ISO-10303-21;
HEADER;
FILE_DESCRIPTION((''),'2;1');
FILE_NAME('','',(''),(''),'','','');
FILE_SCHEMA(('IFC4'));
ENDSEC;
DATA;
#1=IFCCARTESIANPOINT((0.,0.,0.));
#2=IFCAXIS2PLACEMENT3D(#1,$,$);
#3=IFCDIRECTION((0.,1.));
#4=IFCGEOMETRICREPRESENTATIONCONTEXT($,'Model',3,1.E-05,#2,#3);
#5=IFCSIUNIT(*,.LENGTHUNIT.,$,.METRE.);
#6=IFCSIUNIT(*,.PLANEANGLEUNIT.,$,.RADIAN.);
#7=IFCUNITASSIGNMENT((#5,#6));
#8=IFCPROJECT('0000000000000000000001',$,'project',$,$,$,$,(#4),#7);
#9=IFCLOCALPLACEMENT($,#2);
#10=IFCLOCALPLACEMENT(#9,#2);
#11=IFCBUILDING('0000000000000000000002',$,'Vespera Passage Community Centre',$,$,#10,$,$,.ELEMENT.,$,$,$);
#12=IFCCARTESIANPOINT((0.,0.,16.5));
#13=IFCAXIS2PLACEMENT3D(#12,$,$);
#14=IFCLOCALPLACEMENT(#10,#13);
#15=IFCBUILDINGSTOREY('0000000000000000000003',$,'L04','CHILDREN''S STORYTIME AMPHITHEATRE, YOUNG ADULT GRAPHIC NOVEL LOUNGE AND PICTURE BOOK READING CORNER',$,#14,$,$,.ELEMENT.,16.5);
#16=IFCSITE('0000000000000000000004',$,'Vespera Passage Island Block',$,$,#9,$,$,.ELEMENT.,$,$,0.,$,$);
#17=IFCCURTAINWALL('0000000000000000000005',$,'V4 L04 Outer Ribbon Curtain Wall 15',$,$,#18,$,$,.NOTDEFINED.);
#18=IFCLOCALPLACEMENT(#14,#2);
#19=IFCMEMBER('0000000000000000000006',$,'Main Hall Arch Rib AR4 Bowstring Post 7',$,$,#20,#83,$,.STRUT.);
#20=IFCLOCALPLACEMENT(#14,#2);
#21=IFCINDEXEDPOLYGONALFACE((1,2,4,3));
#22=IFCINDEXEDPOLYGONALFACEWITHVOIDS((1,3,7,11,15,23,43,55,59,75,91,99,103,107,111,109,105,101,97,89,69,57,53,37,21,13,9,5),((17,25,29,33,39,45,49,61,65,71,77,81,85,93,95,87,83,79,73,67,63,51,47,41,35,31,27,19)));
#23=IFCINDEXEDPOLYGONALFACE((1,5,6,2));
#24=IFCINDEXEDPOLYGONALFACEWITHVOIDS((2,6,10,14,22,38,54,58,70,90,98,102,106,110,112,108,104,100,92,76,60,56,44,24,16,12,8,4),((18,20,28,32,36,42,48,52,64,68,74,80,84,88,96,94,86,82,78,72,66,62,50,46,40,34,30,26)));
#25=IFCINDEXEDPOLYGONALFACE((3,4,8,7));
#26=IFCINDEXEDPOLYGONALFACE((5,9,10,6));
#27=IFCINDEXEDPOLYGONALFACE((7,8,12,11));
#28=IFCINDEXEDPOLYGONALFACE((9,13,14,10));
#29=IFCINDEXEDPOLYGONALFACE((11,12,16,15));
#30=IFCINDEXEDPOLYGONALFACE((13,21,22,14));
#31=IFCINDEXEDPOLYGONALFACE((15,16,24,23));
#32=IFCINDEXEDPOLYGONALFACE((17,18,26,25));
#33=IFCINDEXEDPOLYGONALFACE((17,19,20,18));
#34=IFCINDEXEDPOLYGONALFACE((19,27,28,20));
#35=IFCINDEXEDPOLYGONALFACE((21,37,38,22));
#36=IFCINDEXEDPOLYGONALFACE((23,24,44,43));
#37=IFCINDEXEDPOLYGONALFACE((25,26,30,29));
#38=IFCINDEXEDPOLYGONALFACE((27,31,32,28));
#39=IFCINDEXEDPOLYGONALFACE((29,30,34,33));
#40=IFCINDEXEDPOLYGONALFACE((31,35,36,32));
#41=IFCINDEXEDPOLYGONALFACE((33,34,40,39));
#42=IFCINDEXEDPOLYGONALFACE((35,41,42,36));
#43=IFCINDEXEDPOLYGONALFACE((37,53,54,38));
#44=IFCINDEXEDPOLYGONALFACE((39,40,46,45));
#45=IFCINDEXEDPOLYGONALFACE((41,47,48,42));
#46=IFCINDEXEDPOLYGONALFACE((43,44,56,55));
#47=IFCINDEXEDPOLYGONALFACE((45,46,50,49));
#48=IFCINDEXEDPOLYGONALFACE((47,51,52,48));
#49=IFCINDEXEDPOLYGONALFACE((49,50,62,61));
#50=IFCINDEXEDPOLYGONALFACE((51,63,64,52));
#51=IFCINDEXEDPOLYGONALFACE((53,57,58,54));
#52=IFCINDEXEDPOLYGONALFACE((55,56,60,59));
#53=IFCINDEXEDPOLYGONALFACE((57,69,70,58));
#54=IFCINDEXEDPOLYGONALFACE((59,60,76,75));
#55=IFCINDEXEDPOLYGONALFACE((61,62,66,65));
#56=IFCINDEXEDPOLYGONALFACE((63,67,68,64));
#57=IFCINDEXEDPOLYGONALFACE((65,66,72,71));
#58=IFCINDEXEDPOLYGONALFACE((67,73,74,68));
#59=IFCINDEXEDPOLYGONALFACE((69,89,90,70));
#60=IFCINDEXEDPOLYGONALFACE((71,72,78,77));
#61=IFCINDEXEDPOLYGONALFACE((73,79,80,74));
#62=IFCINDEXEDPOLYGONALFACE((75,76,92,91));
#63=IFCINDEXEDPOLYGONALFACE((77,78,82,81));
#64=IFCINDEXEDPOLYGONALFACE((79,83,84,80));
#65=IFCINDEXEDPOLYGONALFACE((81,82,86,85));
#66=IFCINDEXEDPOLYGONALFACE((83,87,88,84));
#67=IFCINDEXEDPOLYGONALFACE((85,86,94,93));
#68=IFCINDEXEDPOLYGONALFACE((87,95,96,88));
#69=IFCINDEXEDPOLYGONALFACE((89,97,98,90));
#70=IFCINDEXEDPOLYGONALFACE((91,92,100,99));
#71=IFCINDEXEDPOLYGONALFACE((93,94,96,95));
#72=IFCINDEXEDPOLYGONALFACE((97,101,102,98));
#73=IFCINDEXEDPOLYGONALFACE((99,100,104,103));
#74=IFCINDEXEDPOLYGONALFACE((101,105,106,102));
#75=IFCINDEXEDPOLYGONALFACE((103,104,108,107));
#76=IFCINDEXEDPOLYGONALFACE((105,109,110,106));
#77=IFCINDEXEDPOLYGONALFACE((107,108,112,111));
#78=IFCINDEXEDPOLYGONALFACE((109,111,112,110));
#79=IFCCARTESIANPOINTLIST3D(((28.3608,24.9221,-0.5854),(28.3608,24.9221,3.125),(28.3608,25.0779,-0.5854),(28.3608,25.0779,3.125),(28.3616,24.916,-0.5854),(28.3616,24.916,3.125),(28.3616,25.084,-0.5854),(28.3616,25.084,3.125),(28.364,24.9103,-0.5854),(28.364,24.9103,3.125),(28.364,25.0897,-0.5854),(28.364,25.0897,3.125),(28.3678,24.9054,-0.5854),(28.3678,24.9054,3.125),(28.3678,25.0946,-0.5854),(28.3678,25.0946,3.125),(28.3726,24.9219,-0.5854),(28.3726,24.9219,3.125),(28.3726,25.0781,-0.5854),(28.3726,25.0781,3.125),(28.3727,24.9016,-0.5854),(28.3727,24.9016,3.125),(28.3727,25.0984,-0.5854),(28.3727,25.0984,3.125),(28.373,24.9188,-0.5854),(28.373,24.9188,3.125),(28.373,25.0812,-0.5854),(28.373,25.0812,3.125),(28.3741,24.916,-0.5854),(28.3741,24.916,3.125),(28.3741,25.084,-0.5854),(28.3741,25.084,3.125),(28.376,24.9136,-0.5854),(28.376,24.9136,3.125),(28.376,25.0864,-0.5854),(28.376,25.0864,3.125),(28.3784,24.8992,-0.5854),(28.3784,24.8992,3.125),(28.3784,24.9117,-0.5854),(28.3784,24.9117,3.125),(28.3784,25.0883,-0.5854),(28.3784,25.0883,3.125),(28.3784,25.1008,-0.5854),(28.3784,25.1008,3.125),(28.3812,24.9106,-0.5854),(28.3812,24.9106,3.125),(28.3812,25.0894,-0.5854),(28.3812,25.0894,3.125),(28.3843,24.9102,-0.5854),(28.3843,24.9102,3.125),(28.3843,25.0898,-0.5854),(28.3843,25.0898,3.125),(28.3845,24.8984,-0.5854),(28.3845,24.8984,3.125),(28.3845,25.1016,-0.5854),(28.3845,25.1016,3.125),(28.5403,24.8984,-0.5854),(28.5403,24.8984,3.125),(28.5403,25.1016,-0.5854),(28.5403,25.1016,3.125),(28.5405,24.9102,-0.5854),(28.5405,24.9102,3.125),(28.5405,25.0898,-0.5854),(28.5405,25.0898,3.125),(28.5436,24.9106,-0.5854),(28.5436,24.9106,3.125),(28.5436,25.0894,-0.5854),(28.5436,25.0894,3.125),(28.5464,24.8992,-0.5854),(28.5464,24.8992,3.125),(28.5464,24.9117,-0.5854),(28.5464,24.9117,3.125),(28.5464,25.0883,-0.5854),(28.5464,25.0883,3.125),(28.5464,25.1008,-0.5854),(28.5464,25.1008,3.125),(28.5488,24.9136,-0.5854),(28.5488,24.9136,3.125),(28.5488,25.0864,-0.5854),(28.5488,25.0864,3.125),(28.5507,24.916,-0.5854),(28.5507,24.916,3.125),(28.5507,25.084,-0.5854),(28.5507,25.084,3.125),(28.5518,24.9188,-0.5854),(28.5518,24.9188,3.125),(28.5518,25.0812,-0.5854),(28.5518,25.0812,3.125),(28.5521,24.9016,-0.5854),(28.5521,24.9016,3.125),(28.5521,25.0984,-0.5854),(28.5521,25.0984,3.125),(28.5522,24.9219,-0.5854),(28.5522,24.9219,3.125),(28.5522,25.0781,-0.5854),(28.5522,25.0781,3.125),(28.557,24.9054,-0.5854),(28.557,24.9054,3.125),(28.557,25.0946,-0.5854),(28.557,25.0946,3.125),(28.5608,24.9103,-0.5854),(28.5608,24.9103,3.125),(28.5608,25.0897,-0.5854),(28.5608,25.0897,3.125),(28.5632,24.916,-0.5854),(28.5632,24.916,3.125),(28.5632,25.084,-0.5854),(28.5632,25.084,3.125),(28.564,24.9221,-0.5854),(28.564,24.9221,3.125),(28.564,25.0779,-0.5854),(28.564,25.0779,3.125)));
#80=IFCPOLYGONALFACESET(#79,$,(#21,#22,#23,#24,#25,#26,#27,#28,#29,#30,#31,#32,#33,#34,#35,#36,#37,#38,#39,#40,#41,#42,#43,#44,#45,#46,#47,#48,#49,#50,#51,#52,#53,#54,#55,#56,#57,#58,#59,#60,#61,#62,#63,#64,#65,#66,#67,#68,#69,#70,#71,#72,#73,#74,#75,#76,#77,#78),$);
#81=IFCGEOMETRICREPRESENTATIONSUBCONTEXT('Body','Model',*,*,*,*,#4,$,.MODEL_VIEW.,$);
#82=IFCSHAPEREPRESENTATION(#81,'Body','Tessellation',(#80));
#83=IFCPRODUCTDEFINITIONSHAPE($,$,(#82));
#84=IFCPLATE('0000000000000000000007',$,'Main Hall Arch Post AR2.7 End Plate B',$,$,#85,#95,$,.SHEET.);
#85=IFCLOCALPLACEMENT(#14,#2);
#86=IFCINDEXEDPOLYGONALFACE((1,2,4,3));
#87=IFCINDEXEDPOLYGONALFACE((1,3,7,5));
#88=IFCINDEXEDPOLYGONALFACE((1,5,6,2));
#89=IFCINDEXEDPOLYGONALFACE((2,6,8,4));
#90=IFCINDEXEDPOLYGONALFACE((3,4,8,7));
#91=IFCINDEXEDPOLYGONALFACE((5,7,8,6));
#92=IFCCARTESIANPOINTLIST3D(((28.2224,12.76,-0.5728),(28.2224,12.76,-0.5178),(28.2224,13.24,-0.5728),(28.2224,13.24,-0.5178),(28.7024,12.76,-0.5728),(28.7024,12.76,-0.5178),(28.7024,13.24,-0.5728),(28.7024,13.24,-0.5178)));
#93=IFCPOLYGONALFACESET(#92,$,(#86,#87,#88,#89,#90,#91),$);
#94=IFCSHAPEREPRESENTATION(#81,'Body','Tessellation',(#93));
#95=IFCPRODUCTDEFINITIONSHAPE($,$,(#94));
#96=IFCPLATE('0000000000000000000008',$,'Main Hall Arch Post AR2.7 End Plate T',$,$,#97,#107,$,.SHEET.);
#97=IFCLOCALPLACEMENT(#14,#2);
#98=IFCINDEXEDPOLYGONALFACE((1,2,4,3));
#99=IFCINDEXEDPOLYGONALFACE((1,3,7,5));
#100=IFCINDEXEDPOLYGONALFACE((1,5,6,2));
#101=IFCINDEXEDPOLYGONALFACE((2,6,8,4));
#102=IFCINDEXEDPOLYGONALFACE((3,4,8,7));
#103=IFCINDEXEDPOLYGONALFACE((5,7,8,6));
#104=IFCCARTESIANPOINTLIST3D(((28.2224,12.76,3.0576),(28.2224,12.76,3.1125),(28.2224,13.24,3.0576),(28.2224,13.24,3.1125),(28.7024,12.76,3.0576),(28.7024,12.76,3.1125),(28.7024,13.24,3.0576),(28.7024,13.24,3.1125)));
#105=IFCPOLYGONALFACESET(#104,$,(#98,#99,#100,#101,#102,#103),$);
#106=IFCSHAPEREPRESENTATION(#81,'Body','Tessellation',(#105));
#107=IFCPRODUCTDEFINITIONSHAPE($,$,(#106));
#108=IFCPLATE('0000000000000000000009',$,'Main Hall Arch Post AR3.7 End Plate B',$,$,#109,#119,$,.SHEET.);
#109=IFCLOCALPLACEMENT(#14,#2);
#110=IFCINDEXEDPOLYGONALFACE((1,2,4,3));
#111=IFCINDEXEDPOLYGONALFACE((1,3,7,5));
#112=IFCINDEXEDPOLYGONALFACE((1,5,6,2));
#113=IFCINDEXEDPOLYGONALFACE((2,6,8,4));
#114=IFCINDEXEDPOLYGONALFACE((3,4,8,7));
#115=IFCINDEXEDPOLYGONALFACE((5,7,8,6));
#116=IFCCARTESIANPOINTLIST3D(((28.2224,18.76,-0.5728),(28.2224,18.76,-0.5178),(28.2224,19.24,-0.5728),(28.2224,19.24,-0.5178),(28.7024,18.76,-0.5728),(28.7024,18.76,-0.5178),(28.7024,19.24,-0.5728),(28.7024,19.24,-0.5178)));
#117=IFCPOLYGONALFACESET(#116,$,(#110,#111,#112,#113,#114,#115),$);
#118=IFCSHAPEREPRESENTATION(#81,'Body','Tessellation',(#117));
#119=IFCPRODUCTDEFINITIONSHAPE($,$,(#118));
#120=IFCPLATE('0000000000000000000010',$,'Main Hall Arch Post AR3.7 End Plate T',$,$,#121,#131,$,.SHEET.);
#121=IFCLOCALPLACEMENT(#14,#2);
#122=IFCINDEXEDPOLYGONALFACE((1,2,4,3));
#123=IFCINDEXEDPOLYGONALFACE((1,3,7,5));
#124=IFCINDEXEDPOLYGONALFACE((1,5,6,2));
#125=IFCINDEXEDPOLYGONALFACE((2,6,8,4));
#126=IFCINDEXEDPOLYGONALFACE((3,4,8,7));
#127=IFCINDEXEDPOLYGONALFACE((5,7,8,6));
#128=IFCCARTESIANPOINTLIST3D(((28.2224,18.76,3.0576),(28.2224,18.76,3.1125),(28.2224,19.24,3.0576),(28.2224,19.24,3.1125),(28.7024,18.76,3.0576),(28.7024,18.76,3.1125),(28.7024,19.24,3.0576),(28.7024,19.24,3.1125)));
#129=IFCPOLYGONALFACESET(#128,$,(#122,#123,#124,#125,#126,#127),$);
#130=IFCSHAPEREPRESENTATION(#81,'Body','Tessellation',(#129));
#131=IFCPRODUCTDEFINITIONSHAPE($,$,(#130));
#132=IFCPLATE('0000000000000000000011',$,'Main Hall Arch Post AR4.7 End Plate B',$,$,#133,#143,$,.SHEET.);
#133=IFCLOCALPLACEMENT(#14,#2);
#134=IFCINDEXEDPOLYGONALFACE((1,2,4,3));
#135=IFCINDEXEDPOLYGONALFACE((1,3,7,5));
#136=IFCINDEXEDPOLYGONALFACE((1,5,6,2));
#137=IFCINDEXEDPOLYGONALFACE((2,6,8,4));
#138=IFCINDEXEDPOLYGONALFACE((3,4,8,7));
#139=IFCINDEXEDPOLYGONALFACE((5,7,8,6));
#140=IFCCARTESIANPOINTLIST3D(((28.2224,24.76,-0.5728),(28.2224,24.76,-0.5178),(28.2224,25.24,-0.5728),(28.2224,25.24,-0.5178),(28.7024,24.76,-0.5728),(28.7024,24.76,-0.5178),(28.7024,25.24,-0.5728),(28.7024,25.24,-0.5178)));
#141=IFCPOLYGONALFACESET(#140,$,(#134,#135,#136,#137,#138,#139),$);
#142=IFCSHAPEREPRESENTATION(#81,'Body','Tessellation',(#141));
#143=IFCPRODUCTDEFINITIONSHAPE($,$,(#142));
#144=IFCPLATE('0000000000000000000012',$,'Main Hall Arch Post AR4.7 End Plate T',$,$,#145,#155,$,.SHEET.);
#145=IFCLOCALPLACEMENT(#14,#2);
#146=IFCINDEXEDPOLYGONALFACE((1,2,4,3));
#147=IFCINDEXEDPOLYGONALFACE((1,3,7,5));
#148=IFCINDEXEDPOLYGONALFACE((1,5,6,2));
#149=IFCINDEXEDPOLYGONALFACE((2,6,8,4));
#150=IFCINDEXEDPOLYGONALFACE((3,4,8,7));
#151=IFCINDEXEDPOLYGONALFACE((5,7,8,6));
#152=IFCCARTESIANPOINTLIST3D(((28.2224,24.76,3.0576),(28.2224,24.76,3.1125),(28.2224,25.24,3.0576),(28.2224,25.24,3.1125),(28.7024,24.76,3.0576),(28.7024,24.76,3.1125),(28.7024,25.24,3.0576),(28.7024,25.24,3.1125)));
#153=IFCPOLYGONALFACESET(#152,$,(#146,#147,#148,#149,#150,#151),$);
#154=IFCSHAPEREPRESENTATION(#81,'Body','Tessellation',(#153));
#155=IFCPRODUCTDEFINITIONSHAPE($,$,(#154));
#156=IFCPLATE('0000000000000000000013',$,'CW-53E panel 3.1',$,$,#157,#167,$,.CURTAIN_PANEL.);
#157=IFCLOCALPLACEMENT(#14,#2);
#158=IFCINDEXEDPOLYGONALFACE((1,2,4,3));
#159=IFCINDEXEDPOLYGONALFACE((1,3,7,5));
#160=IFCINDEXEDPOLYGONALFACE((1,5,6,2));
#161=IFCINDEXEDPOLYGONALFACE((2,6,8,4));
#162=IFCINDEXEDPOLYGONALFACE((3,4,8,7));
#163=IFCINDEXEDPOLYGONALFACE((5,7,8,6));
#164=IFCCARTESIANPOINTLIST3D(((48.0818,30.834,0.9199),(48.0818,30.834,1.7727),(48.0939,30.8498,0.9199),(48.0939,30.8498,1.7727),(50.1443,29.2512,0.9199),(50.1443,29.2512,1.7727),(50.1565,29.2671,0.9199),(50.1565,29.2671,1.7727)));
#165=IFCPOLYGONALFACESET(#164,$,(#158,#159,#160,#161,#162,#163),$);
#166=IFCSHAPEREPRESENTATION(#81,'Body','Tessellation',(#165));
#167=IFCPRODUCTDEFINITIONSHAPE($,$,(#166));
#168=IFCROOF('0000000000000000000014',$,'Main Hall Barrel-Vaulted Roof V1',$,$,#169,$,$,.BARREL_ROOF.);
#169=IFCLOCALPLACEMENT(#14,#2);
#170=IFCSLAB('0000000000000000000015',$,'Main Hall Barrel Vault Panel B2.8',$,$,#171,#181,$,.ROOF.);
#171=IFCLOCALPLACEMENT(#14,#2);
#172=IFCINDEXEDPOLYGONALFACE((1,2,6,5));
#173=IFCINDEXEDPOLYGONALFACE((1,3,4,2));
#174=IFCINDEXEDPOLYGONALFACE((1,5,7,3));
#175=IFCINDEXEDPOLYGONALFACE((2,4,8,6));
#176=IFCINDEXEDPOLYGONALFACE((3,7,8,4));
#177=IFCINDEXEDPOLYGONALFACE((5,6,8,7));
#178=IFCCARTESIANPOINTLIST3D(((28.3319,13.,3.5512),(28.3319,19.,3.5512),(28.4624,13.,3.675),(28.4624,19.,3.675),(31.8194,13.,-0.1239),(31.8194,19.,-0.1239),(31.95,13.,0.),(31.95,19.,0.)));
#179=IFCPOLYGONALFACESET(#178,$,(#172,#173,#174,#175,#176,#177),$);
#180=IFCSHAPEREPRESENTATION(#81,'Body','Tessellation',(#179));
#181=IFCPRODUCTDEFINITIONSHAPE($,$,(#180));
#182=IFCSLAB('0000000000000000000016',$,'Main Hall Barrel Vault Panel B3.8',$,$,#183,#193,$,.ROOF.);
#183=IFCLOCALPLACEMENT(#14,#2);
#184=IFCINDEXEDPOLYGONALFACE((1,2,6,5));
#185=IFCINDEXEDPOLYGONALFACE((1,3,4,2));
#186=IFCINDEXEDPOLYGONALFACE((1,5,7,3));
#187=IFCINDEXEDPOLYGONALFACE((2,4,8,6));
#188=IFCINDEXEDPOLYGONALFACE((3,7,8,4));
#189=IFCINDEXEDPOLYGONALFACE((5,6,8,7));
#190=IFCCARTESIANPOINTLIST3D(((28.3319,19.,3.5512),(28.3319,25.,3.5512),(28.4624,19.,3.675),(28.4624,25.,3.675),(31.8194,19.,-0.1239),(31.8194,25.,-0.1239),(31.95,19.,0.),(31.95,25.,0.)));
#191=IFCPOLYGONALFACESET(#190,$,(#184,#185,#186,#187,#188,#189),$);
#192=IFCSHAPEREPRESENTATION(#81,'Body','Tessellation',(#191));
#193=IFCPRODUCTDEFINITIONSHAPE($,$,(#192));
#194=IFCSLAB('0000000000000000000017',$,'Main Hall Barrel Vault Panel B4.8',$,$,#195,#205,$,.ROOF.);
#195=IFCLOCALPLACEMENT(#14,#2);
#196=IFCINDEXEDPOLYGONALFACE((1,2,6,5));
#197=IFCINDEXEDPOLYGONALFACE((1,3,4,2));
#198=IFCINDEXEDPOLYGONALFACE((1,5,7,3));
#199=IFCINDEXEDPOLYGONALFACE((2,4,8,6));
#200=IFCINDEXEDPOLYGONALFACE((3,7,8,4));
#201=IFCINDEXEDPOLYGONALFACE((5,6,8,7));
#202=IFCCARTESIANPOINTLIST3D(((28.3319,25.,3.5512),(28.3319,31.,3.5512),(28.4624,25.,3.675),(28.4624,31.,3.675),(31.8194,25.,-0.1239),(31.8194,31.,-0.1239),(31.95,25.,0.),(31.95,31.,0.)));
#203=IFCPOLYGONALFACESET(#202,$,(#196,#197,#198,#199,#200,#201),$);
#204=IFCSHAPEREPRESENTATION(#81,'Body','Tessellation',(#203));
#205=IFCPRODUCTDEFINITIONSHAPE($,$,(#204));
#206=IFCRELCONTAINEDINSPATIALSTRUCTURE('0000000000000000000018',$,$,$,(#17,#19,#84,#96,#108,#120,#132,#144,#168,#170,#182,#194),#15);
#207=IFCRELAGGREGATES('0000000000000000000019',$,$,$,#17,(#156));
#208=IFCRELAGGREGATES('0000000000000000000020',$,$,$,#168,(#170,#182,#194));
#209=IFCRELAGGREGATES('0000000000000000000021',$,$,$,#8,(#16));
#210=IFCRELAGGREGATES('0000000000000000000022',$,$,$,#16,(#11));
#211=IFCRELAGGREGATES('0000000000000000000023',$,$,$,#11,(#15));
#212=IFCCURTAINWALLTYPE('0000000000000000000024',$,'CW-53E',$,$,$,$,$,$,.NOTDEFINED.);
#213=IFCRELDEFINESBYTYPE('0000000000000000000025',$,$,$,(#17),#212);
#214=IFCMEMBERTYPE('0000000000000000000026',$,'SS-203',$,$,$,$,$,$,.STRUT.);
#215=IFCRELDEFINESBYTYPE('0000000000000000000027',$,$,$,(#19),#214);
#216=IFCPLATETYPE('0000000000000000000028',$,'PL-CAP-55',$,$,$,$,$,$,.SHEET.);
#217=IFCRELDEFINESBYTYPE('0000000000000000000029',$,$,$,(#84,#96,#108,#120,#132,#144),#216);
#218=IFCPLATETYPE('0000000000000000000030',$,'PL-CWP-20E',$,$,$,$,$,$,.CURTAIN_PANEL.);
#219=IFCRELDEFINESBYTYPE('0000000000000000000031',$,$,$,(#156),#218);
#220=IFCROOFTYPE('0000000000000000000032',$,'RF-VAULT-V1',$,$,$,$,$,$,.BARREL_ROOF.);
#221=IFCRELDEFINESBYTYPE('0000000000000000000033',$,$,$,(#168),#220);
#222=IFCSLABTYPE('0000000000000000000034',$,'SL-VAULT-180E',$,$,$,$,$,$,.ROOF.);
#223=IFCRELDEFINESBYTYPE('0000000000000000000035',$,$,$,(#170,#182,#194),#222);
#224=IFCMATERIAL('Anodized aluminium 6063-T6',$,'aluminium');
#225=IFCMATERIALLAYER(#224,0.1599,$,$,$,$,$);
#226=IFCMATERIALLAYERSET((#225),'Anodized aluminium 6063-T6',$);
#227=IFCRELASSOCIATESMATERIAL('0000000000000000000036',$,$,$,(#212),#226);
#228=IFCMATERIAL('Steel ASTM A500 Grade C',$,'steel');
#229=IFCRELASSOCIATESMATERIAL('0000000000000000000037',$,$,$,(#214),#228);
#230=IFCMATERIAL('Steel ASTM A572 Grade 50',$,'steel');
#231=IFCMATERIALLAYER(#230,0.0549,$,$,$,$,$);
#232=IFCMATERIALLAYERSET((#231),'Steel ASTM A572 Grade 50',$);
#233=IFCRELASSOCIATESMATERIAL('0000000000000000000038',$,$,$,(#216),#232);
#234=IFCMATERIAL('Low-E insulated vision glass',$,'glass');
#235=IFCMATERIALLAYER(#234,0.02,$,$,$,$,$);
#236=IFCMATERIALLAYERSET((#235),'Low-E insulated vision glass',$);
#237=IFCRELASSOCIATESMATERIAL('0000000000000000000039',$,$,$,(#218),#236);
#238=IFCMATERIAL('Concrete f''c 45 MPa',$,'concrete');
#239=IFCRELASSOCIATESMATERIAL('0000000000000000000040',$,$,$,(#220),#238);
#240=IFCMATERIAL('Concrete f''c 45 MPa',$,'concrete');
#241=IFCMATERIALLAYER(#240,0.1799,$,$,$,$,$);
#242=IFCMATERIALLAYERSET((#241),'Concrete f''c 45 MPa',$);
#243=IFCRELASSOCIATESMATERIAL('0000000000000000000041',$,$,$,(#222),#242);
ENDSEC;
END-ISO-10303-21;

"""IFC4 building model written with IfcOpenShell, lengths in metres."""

from ifc_helpers import new_model, si_unit, direction, frame, origin, origin_2d, place, context, subcontext, project, spatial, polyline, rectangle, hollow_rectangle, outline, extrude, material, layer, layer_set, material_profile, profile_set, type_object, element, aggregate, save


model = new_model("IFC4")

# Units and contexts
model_context = context("Model", 3, precision=1e-05, world=origin(), true_north=direction((0.0, 1.0)))
body_context = subcontext(model_context, "Body", "Model", "MODEL_VIEW")
ifc_project = project(units=[si_unit("LENGTHUNIT", "METRE"), si_unit("PLANEANGLEUNIT", "RADIAN")], contexts=[model_context])

# Site, building, storey
site_placement = place(None, origin())
site = spatial("IfcSite", under=ifc_project, at=site_placement, Name="Vespera Passage Island Block", CompositionType="ELEMENT", RefElevation=0.0)
building_placement = place(site_placement, origin())
building = spatial("IfcBuilding", under=site, at=building_placement, Name="Vespera Passage Community Centre", CompositionType="ELEMENT")
storey_placement = place(building_placement, frame((0.0, 0.0, 16.5)))
storey = spatial("IfcBuildingStorey", under=building, at=storey_placement, Name="L04", Description="CHILDREN'S STORYTIME AMPHITHEATRE, YOUNG ADULT GRAPHIC NOVEL LOUNGE AND PICTURE BOOK READING CORNER", CompositionType="ELEMENT", Elevation=16.5)

# Curtain wall
ifc_material_1 = material(Name="Anodized aluminium 6063-T6", Category="aluminium")
ifc_layer_1 = layer(ifc_material_1, 0.1599)
ifc_layer_set_1 = layer_set([ifc_layer_1], Name="Anodized aluminium 6063-T6")
curtain_wall_type = type_object("IfcCurtainWallType", Name="CW-53E", PredefinedType="NOTDEFINED", material=ifc_layer_set_1)
curtain_wall_placement = place(storey_placement, origin())
curtain_wall = element("IfcCurtainWall", 1, at=curtain_wall_placement, inside=storey, type_object=curtain_wall_type, Name="V4 L04 Outer Ribbon Curtain Wall 15", PredefinedType="NOTDEFINED")

# Member
ifc_material_2 = material(Name="Steel ASTM A500 Grade C", Category="steel")
ifc_material_profile_1 = material_profile(ifc_material_2, hollow_rectangle(XDim=0.2031, YDim=0.2031, WallThickness=0.0117, InnerFilletRadius=0.0117, OuterFilletRadius=0.0237, at=origin_2d()), Name="HSS203X203X12.7")
ifc_profile_set_1 = profile_set([ifc_material_profile_1], Name="Steel ASTM A500 Grade C")
member_type_1 = type_object("IfcMemberType", Name="SS-203", PredefinedType="STRUT", material=ifc_profile_set_1)
for number, where, z_axis, x_axis, name in (
    (2, (28.4624, 25.0, -0.5854), (0.0, 0.0, 1.0), (1.0, 0.0, 0.0), "Main Hall Arch Rib AR4 Bowstring Post 7"),
):
    element("IfcMember", number, at=place(storey_placement, frame(where, z_axis=z_axis, x_axis=x_axis)), inside=storey, type_object=member_type_1, Name=name, PredefinedType="STRUT", context=body_context, shape_type="SweptSolid", body=[
        extrude(hollow_rectangle(XDim=0.2031, YDim=0.2031, WallThickness=0.0117, InnerFilletRadius=0.0117, OuterFilletRadius=0.0237, at=origin_2d()), origin(), (0.0, 0.0, 1.0), 3.7104),
    ])

# Plates
ifc_material_3 = material(Name="Steel ASTM A572 Grade 50", Category="steel")
ifc_layer_2 = layer(ifc_material_3, 0.0549)
ifc_layer_set_2 = layer_set([ifc_layer_2], Name="Steel ASTM A572 Grade 50")
plate_type_1 = type_object("IfcPlateType", Name="PL-CAP-55", PredefinedType="SHEET", material=ifc_layer_set_2)
for number, where, z_axis, x_axis, name in (
    (3, (28.4624, 13.0, -0.5728), (0.0, 0.0, 1.0), (1.0, 0.0, 0.0), "Main Hall Arch Post AR2.7 End Plate B"),
    (4, (28.4624, 13.0, 3.0576), (0.0, 0.0, 1.0), (1.0, 0.0, 0.0), "Main Hall Arch Post AR2.7 End Plate T"),
    (5, (28.4624, 19.0, -0.5728), (0.0, 0.0, 1.0), (1.0, 0.0, 0.0), "Main Hall Arch Post AR3.7 End Plate B"),
    (6, (28.4624, 19.0, 3.0576), (0.0, 0.0, 1.0), (1.0, 0.0, 0.0), "Main Hall Arch Post AR3.7 End Plate T"),
    (7, (28.4624, 25.0, -0.5728), (0.0, 0.0, 1.0), (1.0, 0.0, 0.0), "Main Hall Arch Post AR4.7 End Plate B"),
    (8, (28.4624, 25.0, 3.0576), (0.0, 0.0, 1.0), (1.0, 0.0, 0.0), "Main Hall Arch Post AR4.7 End Plate T"),
):
    element("IfcPlate", number, at=place(storey_placement, frame(where, z_axis=z_axis, x_axis=x_axis)), inside=storey, type_object=plate_type_1, Name=name, PredefinedType="SHEET", context=body_context, shape_type="SweptSolid", body=[
        extrude(rectangle(XDim=0.48, YDim=0.48, at=origin_2d()), origin(), (0.0, 0.0, 1.0), 0.0549),
    ])

# Plate
ifc_material_4 = material(Name="Low-E insulated vision glass", Category="glass")
ifc_layer_3 = layer(ifc_material_4, 0.02)
ifc_layer_set_3 = layer_set([ifc_layer_3], Name="Low-E insulated vision glass")
plate_type_2 = type_object("IfcPlateType", Name="PL-CWP-20E", PredefinedType="CURTAIN_PANEL", material=ifc_layer_set_3)
plate_placement = place(storey_placement, frame((49.1191, 30.0505, 0.9199), z_axis=(0.0, 0.0, 1.0), x_axis=(-0.793345, 0.608772, 0.0)))
plate = element("IfcPlate", 9, at=plate_placement, type_object=plate_type_2, Name="CW-53E panel 3.1", PredefinedType="CURTAIN_PANEL", context=body_context, shape_type="SweptSolid", body=[
    extrude(rectangle(XDim=2.5999, YDim=0.02, at=origin_2d()), origin(), (0.0, 0.0, 1.0), 0.8528),
])
aggregate(curtain_wall, [plate])

# Roof, slabs
ifc_material_5 = material(Name="Concrete f'c 45 MPa", Category="concrete")
roof_type = type_object("IfcRoofType", Name="RF-VAULT-V1", PredefinedType="BARREL_ROOF", material=ifc_material_5)
roof_placement = place(storey_placement, origin())
roof = element("IfcRoof", 10, at=roof_placement, inside=storey, type_object=roof_type, Name="Main Hall Barrel-Vaulted Roof V1", PredefinedType="BARREL_ROOF")
ifc_material_6 = material(Name="Concrete f'c 45 MPa", Category="concrete")
ifc_layer_4 = layer(ifc_material_6, 0.1799)
ifc_layer_set_4 = layer_set([ifc_layer_4], Name="Concrete f'c 45 MPa")
slab_type = type_object("IfcSlabType", Name="SL-VAULT-180E", PredefinedType="ROOF", material=ifc_layer_set_4)
slab_1_placement = place(storey_placement, frame((28.4624, 13.0, 3.675), z_axis=(0.725369, 0.0, 0.688361), x_axis=(0.688361, 0.0, -0.725369)))
slab_1 = element("IfcSlab", 11, at=slab_1_placement, inside=storey, type_object=slab_type, Name="Main Hall Barrel Vault Panel B2.8", PredefinedType="ROOF", context=body_context, shape_type="SweptSolid", body=[
    extrude(outline(polyline([(0.0, 0.0), (5.0665, 0.0), (5.0665, 6.0), (0.0, 6.0), (0.0, 0.0)])), origin(), (0.0, 0.0, -1.0), 0.1799),
])
slab_2_placement = place(storey_placement, frame((28.4624, 19.0, 3.675), z_axis=(0.725369, 0.0, 0.688361), x_axis=(0.688361, 0.0, -0.725369)))
slab_2 = element("IfcSlab", 12, at=slab_2_placement, inside=storey, type_object=slab_type, Name="Main Hall Barrel Vault Panel B3.8", PredefinedType="ROOF", context=body_context, shape_type="SweptSolid", body=[
    extrude(outline(polyline([(0.0, 0.0), (5.0665, 0.0), (5.0665, 6.0), (0.0, 6.0), (0.0, 0.0)])), origin(), (0.0, 0.0, -1.0), 0.1799),
])
slab_3_placement = place(storey_placement, frame((28.4624, 25.0, 3.675), z_axis=(0.725369, 0.0, 0.688361), x_axis=(0.688361, 0.0, -0.725369)))
slab_3 = element("IfcSlab", 13, at=slab_3_placement, inside=storey, type_object=slab_type, Name="Main Hall Barrel Vault Panel B4.8", PredefinedType="ROOF", context=body_context, shape_type="SweptSolid", body=[
    extrude(outline(polyline([(0.0, 0.0), (5.0665, 0.0), (5.0665, 6.0), (0.0, 6.0), (0.0, 0.0)])), origin(), (0.0, 0.0, -1.0), 0.1799),
])
aggregate(roof, [slab_1, slab_2, slab_3])

save(model, "model.ifc")
